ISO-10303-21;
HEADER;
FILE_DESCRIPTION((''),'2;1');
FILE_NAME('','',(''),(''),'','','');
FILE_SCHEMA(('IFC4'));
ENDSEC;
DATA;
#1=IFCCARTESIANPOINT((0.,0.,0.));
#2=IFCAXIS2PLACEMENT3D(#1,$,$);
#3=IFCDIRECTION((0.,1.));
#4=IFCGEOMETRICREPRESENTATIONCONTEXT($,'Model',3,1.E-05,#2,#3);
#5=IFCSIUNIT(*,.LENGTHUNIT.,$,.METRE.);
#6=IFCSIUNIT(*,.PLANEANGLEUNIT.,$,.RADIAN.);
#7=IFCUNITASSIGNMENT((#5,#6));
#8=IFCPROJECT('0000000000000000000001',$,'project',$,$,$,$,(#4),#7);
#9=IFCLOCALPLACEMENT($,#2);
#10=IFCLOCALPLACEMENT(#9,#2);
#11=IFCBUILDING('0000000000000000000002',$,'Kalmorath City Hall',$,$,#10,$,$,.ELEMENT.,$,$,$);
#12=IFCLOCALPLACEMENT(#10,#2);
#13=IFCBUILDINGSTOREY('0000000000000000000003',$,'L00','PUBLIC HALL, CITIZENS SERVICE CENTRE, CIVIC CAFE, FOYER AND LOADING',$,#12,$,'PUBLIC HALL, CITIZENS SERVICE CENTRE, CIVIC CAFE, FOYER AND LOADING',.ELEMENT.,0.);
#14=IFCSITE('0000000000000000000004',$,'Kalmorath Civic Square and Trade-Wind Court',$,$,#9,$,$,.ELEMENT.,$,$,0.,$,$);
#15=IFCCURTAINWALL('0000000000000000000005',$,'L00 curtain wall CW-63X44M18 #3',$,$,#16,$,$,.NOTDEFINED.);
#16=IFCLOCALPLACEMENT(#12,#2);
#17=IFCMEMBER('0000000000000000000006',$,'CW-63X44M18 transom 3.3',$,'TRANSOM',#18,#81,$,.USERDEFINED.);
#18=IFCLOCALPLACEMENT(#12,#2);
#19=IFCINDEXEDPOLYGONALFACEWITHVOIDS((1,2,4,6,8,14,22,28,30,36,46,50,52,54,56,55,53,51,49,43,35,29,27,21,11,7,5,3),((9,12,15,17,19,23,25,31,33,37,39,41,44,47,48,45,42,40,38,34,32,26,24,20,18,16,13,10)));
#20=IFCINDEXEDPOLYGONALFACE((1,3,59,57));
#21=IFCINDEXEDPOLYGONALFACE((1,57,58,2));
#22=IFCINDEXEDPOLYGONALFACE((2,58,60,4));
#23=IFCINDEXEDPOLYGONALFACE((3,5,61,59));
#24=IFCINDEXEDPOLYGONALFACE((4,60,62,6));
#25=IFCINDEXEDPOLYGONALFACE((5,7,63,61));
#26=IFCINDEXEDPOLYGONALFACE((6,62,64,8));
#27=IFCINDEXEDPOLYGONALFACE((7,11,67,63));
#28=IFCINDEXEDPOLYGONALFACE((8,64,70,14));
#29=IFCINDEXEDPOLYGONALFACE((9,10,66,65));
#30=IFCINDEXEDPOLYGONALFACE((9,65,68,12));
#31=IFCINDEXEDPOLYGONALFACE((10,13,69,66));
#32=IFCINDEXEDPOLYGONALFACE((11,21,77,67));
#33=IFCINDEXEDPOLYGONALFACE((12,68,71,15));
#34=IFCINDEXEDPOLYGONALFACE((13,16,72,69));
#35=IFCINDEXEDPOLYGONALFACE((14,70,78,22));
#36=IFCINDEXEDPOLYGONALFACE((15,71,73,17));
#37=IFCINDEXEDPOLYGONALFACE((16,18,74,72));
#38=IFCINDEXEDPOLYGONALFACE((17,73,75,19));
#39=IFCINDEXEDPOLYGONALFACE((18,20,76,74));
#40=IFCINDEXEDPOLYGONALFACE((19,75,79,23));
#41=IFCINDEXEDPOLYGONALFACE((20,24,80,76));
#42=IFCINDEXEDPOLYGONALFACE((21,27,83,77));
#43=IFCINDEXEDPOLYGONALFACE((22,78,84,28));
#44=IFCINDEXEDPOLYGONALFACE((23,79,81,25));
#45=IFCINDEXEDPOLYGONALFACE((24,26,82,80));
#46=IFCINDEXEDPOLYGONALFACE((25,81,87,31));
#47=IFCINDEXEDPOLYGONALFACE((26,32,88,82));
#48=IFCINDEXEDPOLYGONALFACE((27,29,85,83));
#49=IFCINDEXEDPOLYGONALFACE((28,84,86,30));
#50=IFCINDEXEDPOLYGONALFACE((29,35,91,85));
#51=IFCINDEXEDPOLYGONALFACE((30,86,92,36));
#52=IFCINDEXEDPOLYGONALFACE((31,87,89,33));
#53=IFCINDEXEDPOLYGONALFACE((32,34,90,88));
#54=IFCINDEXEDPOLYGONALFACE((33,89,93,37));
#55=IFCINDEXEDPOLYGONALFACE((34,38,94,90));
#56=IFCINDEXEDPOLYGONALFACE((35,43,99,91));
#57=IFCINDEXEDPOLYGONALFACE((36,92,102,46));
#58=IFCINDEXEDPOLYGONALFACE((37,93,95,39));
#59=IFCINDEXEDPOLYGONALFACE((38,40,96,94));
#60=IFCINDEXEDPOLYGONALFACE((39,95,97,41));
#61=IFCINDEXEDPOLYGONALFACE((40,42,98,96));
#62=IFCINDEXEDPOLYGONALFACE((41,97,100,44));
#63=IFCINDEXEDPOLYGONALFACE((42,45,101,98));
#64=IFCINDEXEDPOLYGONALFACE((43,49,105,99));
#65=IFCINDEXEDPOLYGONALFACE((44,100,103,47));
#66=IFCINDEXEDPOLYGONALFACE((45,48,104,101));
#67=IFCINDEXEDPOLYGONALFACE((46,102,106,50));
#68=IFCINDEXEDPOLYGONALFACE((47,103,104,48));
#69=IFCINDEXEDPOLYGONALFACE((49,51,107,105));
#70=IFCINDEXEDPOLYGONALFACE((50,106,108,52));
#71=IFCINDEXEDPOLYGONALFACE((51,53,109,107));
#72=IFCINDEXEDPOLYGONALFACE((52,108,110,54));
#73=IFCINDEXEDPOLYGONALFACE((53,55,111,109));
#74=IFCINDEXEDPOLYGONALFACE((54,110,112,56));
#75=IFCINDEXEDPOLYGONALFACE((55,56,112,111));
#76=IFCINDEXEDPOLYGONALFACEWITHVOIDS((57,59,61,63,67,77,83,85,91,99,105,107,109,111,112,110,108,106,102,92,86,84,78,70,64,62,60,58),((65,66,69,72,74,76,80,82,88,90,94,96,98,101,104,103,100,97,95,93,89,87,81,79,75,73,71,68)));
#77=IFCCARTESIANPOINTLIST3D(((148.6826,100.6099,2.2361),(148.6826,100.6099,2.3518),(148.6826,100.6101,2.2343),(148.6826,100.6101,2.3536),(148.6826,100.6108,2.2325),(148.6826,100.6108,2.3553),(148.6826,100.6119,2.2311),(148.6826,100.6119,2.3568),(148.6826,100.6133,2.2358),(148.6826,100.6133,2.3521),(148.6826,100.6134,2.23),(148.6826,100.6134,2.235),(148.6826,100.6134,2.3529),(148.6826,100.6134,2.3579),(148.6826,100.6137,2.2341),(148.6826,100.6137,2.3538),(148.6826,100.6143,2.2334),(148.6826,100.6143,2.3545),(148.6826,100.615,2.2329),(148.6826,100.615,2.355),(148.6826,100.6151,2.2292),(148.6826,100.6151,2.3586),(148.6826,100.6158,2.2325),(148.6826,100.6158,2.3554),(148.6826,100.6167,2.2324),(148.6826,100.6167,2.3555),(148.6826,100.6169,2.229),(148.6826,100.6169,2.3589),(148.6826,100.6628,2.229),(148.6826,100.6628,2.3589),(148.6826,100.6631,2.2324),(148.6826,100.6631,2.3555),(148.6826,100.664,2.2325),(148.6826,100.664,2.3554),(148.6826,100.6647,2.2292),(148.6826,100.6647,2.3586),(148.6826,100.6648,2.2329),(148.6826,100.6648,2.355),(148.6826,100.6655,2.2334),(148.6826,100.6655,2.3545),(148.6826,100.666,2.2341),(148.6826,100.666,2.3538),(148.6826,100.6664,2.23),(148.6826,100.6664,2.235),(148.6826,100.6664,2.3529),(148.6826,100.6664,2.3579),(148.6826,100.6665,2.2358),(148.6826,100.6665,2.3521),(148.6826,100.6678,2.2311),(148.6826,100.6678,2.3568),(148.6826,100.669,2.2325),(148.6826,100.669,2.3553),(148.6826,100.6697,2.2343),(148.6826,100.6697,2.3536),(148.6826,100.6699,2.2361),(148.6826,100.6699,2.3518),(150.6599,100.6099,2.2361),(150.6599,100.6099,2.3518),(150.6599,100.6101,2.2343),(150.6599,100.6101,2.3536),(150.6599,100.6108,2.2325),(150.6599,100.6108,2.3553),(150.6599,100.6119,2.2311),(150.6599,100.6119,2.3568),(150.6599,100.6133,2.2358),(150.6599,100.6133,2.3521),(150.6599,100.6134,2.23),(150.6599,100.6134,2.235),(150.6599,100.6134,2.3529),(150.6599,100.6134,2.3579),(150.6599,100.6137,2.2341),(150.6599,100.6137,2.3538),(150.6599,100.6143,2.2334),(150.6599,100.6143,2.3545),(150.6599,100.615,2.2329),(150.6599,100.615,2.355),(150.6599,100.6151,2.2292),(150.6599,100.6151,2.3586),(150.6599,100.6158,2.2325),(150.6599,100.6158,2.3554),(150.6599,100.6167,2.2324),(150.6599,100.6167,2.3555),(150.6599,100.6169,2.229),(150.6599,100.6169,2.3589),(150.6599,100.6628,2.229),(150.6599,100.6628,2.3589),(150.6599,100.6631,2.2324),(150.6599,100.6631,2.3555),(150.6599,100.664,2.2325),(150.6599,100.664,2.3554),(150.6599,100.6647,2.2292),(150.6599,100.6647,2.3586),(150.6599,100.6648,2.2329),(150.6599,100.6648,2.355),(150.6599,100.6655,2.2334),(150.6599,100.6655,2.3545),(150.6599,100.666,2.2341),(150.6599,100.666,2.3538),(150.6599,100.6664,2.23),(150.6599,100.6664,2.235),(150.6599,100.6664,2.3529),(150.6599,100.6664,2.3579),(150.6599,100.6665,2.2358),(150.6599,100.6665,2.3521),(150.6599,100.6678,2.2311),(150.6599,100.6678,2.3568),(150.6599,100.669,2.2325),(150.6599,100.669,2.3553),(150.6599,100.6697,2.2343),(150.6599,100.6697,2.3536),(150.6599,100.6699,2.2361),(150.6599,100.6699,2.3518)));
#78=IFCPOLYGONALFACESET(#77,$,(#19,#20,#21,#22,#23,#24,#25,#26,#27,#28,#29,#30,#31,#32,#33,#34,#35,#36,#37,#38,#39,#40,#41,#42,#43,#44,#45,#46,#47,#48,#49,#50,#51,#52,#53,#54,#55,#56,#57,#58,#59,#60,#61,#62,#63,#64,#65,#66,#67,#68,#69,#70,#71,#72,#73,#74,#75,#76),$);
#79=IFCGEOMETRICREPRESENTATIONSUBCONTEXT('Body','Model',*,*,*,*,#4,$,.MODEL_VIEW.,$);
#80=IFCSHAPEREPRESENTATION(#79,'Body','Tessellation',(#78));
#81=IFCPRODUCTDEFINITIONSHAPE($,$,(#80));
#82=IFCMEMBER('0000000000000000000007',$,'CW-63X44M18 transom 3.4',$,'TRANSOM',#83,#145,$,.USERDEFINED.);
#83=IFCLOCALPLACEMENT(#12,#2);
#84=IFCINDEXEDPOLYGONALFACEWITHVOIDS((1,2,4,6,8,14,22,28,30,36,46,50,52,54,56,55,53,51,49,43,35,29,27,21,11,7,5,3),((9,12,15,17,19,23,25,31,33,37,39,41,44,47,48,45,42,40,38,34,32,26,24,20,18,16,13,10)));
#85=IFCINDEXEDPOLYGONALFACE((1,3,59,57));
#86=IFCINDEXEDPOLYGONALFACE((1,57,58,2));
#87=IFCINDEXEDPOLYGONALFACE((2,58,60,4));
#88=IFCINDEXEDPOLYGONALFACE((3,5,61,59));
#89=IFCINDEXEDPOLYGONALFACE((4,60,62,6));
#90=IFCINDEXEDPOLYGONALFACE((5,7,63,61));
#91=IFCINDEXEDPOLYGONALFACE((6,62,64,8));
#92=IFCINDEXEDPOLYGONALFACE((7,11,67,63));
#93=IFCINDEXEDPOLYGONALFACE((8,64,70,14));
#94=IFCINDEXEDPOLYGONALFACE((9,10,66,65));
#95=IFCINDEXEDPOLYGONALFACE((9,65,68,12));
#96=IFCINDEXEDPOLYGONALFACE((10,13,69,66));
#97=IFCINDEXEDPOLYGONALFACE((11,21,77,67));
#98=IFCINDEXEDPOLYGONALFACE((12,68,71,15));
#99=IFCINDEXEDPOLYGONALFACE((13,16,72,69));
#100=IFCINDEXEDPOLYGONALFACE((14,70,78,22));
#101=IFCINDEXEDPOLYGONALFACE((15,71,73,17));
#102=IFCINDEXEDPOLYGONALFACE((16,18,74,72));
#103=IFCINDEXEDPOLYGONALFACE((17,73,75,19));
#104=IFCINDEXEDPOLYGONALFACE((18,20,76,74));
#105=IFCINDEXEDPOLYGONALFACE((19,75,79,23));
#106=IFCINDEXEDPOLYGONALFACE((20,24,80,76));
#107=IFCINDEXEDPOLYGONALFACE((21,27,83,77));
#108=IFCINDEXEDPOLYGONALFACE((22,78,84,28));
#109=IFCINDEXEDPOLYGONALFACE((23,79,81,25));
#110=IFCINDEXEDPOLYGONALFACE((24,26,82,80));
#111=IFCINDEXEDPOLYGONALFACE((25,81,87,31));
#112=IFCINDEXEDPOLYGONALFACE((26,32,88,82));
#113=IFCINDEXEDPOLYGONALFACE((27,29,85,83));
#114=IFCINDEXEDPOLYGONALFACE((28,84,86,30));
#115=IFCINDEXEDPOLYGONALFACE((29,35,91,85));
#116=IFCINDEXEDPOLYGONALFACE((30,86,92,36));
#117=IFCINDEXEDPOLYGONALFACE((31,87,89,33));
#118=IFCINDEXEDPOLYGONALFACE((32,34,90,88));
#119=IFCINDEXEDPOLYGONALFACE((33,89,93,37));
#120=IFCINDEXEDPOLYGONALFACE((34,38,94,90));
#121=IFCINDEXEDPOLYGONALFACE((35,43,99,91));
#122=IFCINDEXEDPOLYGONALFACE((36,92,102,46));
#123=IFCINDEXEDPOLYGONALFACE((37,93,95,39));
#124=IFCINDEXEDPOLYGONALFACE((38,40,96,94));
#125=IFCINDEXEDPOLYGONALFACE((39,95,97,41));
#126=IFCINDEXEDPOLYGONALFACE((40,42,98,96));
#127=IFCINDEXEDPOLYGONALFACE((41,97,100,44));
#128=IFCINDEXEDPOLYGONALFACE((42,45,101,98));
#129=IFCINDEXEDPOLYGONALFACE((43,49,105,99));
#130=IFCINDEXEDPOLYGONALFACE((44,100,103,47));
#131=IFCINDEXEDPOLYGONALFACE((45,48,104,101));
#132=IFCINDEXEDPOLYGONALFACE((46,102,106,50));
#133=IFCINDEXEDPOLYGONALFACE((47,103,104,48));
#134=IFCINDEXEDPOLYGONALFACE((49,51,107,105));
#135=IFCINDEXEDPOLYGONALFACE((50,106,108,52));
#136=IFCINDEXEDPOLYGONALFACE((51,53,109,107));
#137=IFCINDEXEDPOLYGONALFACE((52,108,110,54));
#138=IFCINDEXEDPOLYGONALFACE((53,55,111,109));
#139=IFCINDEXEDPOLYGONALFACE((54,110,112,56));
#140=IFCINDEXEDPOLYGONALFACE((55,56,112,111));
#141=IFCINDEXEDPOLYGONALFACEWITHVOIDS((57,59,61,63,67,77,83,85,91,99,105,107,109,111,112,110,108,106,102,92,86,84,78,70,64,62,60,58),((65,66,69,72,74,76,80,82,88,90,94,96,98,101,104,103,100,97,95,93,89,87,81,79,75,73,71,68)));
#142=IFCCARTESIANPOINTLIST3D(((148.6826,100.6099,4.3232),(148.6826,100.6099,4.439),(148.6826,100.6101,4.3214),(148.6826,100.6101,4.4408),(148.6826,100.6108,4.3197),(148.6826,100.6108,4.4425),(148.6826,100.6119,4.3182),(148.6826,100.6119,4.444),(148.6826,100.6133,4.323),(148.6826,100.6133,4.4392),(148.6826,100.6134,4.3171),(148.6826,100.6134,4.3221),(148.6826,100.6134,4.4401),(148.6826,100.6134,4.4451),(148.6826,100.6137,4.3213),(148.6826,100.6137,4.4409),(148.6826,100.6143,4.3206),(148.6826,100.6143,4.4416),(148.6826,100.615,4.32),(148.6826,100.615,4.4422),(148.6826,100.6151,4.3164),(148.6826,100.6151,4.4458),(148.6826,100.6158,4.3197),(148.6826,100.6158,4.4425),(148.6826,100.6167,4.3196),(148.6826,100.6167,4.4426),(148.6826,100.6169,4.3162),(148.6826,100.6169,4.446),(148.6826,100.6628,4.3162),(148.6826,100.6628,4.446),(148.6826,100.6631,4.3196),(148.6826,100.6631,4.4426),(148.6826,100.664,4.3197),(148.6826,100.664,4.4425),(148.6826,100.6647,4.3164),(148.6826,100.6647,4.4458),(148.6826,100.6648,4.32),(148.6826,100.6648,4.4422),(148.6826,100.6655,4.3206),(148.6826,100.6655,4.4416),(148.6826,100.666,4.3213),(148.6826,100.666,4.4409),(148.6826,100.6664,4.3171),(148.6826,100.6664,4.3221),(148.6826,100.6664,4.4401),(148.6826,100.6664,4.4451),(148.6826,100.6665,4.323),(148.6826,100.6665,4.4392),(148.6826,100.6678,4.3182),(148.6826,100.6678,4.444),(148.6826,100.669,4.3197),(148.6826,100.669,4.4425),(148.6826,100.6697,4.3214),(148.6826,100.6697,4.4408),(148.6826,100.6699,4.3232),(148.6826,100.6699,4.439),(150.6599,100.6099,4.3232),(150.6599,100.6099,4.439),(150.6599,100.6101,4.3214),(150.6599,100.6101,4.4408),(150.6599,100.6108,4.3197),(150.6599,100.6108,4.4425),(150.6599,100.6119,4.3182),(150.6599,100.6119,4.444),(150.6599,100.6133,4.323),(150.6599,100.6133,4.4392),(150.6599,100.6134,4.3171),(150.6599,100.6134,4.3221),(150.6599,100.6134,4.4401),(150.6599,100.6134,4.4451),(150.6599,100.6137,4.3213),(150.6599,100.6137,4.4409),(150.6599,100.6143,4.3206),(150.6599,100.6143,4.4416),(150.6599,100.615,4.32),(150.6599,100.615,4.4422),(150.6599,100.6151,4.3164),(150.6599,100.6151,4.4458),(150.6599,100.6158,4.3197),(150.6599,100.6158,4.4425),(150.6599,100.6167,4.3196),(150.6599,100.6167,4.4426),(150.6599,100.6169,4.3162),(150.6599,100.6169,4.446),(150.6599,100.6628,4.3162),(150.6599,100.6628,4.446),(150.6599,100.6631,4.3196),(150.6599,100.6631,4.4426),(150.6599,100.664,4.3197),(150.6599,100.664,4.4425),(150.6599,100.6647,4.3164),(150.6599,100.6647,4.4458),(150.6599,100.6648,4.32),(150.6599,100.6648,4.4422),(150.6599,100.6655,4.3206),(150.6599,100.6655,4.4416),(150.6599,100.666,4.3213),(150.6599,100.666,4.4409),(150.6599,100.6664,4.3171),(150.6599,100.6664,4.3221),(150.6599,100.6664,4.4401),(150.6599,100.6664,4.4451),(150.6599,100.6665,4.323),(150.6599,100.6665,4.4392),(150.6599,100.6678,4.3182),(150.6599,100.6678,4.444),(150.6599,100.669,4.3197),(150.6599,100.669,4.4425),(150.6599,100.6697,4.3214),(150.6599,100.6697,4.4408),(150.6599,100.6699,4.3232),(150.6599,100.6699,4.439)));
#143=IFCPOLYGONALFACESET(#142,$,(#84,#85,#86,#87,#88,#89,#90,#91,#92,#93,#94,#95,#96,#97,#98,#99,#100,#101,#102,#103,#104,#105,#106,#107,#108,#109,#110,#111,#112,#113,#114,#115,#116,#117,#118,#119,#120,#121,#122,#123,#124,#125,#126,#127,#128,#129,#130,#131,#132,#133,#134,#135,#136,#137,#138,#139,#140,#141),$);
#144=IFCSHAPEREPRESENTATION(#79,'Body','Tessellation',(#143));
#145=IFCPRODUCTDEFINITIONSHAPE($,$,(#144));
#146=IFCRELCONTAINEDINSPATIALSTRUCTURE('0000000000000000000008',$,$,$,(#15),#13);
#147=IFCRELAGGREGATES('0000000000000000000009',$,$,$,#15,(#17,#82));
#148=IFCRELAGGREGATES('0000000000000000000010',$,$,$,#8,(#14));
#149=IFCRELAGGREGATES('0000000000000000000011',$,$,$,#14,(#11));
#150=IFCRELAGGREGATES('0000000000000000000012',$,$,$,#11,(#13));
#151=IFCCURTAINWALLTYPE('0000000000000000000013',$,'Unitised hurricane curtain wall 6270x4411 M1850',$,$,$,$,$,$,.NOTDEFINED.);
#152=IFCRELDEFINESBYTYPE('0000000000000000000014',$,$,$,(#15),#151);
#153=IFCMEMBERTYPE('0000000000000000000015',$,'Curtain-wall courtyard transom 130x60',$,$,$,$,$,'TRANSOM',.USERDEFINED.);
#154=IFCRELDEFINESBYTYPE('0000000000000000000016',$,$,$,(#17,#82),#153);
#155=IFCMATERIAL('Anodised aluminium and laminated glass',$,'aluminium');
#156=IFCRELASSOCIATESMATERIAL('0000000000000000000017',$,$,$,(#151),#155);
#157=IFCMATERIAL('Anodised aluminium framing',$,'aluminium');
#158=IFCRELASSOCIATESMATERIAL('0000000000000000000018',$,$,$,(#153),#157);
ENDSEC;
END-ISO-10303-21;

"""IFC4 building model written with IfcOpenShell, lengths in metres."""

from ifc_helpers import new_model, si_unit, direction, frame, origin, origin_2d, place, context, subcontext, project, spatial, hollow_rectangle, extrude, material, material_profile, profile_set, type_object, element, aggregate, save


model = new_model("IFC4")

# Units and contexts
model_context = context("Model", 3, precision=1e-05, world=origin(), true_north=direction((0.0, 1.0)))
body_context = subcontext(model_context, "Body", "Model", "MODEL_VIEW")
ifc_project = project(units=[si_unit("LENGTHUNIT", "METRE"), si_unit("PLANEANGLEUNIT", "RADIAN")], contexts=[model_context])

# Site, building, storey
site_placement = place(None, origin())
site = spatial("IfcSite", under=ifc_project, at=site_placement, Name="Kalmorath Civic Square and Trade-Wind Court", CompositionType="ELEMENT", RefElevation=0.0)
building_placement = place(site_placement, origin())
building = spatial("IfcBuilding", under=site, at=building_placement, Name="Kalmorath City Hall", CompositionType="ELEMENT")
storey_placement = place(building_placement, origin())
storey = spatial("IfcBuildingStorey", under=building, at=storey_placement, Name="L00", Description="PUBLIC HALL, CITIZENS SERVICE CENTRE, CIVIC CAFE, FOYER AND LOADING", LongName="PUBLIC HALL, CITIZENS SERVICE CENTRE, CIVIC CAFE, FOYER AND LOADING", CompositionType="ELEMENT", Elevation=0.0)

# Curtain wall, members
ifc_material_1 = material(Name="Anodised aluminium and laminated glass", Category="aluminium")
curtain_wall_type = type_object("IfcCurtainWallType", Name="Unitised hurricane curtain wall 6270x4411 M1850", PredefinedType="NOTDEFINED", material=ifc_material_1)
curtain_wall_placement = place(storey_placement, origin())
curtain_wall = element("IfcCurtainWall", 1, at=curtain_wall_placement, inside=storey, type_object=curtain_wall_type, Name="L00 curtain wall CW-63X44M18 #3", PredefinedType="NOTDEFINED")
ifc_material_2 = material(Name="Anodised aluminium framing", Category="aluminium")
ifc_material_profile_1 = material_profile(ifc_material_2, hollow_rectangle(XDim=0.0601, YDim=0.1299, WallThickness=0.0034, InnerFilletRadius=0.0034, OuterFilletRadius=0.0071, at=origin_2d()), Name="ALU-TRN-130X60X3.5")
ifc_profile_set_1 = profile_set([ifc_material_profile_1], Name="Anodised aluminium framing")
member_type_1 = type_object("IfcMemberType", Name="Curtain-wall courtyard transom 130x60", ElementType="TRANSOM", PredefinedType="USERDEFINED", material=ifc_profile_set_1)
member_1_placement = place(storey_placement, frame((148.6826, 100.6399, 2.2939), z_axis=(1.0, 0.0, 0.0), x_axis=(0.0, 1.0, 0.0)))
member_1 = element("IfcMember", 2, at=member_1_placement, type_object=member_type_1, Name="CW-63X44M18 transom 3.3", ObjectType="TRANSOM", PredefinedType="USERDEFINED", context=body_context, shape_type="SweptSolid", body=[
    extrude(hollow_rectangle(XDim=0.0601, YDim=0.1299, WallThickness=0.0034, InnerFilletRadius=0.0034, OuterFilletRadius=0.0071, at=origin_2d()), origin(), (0.0, 0.0, 1.0), 1.9773),
])
member_2_placement = place(storey_placement, frame((148.6826, 100.6399, 4.3811), z_axis=(1.0, 0.0, 0.0), x_axis=(0.0, 1.0, 0.0)))
member_2 = element("IfcMember", 3, at=member_2_placement, type_object=member_type_1, Name="CW-63X44M18 transom 3.4", ObjectType="TRANSOM", PredefinedType="USERDEFINED", context=body_context, shape_type="SweptSolid", body=[
    extrude(hollow_rectangle(XDim=0.0601, YDim=0.1299, WallThickness=0.0034, InnerFilletRadius=0.0034, OuterFilletRadius=0.0071, at=origin_2d()), origin(), (0.0, 0.0, 1.0), 1.9773),
])
aggregate(curtain_wall, [member_1, member_2])

save(model, "model.ifc")
